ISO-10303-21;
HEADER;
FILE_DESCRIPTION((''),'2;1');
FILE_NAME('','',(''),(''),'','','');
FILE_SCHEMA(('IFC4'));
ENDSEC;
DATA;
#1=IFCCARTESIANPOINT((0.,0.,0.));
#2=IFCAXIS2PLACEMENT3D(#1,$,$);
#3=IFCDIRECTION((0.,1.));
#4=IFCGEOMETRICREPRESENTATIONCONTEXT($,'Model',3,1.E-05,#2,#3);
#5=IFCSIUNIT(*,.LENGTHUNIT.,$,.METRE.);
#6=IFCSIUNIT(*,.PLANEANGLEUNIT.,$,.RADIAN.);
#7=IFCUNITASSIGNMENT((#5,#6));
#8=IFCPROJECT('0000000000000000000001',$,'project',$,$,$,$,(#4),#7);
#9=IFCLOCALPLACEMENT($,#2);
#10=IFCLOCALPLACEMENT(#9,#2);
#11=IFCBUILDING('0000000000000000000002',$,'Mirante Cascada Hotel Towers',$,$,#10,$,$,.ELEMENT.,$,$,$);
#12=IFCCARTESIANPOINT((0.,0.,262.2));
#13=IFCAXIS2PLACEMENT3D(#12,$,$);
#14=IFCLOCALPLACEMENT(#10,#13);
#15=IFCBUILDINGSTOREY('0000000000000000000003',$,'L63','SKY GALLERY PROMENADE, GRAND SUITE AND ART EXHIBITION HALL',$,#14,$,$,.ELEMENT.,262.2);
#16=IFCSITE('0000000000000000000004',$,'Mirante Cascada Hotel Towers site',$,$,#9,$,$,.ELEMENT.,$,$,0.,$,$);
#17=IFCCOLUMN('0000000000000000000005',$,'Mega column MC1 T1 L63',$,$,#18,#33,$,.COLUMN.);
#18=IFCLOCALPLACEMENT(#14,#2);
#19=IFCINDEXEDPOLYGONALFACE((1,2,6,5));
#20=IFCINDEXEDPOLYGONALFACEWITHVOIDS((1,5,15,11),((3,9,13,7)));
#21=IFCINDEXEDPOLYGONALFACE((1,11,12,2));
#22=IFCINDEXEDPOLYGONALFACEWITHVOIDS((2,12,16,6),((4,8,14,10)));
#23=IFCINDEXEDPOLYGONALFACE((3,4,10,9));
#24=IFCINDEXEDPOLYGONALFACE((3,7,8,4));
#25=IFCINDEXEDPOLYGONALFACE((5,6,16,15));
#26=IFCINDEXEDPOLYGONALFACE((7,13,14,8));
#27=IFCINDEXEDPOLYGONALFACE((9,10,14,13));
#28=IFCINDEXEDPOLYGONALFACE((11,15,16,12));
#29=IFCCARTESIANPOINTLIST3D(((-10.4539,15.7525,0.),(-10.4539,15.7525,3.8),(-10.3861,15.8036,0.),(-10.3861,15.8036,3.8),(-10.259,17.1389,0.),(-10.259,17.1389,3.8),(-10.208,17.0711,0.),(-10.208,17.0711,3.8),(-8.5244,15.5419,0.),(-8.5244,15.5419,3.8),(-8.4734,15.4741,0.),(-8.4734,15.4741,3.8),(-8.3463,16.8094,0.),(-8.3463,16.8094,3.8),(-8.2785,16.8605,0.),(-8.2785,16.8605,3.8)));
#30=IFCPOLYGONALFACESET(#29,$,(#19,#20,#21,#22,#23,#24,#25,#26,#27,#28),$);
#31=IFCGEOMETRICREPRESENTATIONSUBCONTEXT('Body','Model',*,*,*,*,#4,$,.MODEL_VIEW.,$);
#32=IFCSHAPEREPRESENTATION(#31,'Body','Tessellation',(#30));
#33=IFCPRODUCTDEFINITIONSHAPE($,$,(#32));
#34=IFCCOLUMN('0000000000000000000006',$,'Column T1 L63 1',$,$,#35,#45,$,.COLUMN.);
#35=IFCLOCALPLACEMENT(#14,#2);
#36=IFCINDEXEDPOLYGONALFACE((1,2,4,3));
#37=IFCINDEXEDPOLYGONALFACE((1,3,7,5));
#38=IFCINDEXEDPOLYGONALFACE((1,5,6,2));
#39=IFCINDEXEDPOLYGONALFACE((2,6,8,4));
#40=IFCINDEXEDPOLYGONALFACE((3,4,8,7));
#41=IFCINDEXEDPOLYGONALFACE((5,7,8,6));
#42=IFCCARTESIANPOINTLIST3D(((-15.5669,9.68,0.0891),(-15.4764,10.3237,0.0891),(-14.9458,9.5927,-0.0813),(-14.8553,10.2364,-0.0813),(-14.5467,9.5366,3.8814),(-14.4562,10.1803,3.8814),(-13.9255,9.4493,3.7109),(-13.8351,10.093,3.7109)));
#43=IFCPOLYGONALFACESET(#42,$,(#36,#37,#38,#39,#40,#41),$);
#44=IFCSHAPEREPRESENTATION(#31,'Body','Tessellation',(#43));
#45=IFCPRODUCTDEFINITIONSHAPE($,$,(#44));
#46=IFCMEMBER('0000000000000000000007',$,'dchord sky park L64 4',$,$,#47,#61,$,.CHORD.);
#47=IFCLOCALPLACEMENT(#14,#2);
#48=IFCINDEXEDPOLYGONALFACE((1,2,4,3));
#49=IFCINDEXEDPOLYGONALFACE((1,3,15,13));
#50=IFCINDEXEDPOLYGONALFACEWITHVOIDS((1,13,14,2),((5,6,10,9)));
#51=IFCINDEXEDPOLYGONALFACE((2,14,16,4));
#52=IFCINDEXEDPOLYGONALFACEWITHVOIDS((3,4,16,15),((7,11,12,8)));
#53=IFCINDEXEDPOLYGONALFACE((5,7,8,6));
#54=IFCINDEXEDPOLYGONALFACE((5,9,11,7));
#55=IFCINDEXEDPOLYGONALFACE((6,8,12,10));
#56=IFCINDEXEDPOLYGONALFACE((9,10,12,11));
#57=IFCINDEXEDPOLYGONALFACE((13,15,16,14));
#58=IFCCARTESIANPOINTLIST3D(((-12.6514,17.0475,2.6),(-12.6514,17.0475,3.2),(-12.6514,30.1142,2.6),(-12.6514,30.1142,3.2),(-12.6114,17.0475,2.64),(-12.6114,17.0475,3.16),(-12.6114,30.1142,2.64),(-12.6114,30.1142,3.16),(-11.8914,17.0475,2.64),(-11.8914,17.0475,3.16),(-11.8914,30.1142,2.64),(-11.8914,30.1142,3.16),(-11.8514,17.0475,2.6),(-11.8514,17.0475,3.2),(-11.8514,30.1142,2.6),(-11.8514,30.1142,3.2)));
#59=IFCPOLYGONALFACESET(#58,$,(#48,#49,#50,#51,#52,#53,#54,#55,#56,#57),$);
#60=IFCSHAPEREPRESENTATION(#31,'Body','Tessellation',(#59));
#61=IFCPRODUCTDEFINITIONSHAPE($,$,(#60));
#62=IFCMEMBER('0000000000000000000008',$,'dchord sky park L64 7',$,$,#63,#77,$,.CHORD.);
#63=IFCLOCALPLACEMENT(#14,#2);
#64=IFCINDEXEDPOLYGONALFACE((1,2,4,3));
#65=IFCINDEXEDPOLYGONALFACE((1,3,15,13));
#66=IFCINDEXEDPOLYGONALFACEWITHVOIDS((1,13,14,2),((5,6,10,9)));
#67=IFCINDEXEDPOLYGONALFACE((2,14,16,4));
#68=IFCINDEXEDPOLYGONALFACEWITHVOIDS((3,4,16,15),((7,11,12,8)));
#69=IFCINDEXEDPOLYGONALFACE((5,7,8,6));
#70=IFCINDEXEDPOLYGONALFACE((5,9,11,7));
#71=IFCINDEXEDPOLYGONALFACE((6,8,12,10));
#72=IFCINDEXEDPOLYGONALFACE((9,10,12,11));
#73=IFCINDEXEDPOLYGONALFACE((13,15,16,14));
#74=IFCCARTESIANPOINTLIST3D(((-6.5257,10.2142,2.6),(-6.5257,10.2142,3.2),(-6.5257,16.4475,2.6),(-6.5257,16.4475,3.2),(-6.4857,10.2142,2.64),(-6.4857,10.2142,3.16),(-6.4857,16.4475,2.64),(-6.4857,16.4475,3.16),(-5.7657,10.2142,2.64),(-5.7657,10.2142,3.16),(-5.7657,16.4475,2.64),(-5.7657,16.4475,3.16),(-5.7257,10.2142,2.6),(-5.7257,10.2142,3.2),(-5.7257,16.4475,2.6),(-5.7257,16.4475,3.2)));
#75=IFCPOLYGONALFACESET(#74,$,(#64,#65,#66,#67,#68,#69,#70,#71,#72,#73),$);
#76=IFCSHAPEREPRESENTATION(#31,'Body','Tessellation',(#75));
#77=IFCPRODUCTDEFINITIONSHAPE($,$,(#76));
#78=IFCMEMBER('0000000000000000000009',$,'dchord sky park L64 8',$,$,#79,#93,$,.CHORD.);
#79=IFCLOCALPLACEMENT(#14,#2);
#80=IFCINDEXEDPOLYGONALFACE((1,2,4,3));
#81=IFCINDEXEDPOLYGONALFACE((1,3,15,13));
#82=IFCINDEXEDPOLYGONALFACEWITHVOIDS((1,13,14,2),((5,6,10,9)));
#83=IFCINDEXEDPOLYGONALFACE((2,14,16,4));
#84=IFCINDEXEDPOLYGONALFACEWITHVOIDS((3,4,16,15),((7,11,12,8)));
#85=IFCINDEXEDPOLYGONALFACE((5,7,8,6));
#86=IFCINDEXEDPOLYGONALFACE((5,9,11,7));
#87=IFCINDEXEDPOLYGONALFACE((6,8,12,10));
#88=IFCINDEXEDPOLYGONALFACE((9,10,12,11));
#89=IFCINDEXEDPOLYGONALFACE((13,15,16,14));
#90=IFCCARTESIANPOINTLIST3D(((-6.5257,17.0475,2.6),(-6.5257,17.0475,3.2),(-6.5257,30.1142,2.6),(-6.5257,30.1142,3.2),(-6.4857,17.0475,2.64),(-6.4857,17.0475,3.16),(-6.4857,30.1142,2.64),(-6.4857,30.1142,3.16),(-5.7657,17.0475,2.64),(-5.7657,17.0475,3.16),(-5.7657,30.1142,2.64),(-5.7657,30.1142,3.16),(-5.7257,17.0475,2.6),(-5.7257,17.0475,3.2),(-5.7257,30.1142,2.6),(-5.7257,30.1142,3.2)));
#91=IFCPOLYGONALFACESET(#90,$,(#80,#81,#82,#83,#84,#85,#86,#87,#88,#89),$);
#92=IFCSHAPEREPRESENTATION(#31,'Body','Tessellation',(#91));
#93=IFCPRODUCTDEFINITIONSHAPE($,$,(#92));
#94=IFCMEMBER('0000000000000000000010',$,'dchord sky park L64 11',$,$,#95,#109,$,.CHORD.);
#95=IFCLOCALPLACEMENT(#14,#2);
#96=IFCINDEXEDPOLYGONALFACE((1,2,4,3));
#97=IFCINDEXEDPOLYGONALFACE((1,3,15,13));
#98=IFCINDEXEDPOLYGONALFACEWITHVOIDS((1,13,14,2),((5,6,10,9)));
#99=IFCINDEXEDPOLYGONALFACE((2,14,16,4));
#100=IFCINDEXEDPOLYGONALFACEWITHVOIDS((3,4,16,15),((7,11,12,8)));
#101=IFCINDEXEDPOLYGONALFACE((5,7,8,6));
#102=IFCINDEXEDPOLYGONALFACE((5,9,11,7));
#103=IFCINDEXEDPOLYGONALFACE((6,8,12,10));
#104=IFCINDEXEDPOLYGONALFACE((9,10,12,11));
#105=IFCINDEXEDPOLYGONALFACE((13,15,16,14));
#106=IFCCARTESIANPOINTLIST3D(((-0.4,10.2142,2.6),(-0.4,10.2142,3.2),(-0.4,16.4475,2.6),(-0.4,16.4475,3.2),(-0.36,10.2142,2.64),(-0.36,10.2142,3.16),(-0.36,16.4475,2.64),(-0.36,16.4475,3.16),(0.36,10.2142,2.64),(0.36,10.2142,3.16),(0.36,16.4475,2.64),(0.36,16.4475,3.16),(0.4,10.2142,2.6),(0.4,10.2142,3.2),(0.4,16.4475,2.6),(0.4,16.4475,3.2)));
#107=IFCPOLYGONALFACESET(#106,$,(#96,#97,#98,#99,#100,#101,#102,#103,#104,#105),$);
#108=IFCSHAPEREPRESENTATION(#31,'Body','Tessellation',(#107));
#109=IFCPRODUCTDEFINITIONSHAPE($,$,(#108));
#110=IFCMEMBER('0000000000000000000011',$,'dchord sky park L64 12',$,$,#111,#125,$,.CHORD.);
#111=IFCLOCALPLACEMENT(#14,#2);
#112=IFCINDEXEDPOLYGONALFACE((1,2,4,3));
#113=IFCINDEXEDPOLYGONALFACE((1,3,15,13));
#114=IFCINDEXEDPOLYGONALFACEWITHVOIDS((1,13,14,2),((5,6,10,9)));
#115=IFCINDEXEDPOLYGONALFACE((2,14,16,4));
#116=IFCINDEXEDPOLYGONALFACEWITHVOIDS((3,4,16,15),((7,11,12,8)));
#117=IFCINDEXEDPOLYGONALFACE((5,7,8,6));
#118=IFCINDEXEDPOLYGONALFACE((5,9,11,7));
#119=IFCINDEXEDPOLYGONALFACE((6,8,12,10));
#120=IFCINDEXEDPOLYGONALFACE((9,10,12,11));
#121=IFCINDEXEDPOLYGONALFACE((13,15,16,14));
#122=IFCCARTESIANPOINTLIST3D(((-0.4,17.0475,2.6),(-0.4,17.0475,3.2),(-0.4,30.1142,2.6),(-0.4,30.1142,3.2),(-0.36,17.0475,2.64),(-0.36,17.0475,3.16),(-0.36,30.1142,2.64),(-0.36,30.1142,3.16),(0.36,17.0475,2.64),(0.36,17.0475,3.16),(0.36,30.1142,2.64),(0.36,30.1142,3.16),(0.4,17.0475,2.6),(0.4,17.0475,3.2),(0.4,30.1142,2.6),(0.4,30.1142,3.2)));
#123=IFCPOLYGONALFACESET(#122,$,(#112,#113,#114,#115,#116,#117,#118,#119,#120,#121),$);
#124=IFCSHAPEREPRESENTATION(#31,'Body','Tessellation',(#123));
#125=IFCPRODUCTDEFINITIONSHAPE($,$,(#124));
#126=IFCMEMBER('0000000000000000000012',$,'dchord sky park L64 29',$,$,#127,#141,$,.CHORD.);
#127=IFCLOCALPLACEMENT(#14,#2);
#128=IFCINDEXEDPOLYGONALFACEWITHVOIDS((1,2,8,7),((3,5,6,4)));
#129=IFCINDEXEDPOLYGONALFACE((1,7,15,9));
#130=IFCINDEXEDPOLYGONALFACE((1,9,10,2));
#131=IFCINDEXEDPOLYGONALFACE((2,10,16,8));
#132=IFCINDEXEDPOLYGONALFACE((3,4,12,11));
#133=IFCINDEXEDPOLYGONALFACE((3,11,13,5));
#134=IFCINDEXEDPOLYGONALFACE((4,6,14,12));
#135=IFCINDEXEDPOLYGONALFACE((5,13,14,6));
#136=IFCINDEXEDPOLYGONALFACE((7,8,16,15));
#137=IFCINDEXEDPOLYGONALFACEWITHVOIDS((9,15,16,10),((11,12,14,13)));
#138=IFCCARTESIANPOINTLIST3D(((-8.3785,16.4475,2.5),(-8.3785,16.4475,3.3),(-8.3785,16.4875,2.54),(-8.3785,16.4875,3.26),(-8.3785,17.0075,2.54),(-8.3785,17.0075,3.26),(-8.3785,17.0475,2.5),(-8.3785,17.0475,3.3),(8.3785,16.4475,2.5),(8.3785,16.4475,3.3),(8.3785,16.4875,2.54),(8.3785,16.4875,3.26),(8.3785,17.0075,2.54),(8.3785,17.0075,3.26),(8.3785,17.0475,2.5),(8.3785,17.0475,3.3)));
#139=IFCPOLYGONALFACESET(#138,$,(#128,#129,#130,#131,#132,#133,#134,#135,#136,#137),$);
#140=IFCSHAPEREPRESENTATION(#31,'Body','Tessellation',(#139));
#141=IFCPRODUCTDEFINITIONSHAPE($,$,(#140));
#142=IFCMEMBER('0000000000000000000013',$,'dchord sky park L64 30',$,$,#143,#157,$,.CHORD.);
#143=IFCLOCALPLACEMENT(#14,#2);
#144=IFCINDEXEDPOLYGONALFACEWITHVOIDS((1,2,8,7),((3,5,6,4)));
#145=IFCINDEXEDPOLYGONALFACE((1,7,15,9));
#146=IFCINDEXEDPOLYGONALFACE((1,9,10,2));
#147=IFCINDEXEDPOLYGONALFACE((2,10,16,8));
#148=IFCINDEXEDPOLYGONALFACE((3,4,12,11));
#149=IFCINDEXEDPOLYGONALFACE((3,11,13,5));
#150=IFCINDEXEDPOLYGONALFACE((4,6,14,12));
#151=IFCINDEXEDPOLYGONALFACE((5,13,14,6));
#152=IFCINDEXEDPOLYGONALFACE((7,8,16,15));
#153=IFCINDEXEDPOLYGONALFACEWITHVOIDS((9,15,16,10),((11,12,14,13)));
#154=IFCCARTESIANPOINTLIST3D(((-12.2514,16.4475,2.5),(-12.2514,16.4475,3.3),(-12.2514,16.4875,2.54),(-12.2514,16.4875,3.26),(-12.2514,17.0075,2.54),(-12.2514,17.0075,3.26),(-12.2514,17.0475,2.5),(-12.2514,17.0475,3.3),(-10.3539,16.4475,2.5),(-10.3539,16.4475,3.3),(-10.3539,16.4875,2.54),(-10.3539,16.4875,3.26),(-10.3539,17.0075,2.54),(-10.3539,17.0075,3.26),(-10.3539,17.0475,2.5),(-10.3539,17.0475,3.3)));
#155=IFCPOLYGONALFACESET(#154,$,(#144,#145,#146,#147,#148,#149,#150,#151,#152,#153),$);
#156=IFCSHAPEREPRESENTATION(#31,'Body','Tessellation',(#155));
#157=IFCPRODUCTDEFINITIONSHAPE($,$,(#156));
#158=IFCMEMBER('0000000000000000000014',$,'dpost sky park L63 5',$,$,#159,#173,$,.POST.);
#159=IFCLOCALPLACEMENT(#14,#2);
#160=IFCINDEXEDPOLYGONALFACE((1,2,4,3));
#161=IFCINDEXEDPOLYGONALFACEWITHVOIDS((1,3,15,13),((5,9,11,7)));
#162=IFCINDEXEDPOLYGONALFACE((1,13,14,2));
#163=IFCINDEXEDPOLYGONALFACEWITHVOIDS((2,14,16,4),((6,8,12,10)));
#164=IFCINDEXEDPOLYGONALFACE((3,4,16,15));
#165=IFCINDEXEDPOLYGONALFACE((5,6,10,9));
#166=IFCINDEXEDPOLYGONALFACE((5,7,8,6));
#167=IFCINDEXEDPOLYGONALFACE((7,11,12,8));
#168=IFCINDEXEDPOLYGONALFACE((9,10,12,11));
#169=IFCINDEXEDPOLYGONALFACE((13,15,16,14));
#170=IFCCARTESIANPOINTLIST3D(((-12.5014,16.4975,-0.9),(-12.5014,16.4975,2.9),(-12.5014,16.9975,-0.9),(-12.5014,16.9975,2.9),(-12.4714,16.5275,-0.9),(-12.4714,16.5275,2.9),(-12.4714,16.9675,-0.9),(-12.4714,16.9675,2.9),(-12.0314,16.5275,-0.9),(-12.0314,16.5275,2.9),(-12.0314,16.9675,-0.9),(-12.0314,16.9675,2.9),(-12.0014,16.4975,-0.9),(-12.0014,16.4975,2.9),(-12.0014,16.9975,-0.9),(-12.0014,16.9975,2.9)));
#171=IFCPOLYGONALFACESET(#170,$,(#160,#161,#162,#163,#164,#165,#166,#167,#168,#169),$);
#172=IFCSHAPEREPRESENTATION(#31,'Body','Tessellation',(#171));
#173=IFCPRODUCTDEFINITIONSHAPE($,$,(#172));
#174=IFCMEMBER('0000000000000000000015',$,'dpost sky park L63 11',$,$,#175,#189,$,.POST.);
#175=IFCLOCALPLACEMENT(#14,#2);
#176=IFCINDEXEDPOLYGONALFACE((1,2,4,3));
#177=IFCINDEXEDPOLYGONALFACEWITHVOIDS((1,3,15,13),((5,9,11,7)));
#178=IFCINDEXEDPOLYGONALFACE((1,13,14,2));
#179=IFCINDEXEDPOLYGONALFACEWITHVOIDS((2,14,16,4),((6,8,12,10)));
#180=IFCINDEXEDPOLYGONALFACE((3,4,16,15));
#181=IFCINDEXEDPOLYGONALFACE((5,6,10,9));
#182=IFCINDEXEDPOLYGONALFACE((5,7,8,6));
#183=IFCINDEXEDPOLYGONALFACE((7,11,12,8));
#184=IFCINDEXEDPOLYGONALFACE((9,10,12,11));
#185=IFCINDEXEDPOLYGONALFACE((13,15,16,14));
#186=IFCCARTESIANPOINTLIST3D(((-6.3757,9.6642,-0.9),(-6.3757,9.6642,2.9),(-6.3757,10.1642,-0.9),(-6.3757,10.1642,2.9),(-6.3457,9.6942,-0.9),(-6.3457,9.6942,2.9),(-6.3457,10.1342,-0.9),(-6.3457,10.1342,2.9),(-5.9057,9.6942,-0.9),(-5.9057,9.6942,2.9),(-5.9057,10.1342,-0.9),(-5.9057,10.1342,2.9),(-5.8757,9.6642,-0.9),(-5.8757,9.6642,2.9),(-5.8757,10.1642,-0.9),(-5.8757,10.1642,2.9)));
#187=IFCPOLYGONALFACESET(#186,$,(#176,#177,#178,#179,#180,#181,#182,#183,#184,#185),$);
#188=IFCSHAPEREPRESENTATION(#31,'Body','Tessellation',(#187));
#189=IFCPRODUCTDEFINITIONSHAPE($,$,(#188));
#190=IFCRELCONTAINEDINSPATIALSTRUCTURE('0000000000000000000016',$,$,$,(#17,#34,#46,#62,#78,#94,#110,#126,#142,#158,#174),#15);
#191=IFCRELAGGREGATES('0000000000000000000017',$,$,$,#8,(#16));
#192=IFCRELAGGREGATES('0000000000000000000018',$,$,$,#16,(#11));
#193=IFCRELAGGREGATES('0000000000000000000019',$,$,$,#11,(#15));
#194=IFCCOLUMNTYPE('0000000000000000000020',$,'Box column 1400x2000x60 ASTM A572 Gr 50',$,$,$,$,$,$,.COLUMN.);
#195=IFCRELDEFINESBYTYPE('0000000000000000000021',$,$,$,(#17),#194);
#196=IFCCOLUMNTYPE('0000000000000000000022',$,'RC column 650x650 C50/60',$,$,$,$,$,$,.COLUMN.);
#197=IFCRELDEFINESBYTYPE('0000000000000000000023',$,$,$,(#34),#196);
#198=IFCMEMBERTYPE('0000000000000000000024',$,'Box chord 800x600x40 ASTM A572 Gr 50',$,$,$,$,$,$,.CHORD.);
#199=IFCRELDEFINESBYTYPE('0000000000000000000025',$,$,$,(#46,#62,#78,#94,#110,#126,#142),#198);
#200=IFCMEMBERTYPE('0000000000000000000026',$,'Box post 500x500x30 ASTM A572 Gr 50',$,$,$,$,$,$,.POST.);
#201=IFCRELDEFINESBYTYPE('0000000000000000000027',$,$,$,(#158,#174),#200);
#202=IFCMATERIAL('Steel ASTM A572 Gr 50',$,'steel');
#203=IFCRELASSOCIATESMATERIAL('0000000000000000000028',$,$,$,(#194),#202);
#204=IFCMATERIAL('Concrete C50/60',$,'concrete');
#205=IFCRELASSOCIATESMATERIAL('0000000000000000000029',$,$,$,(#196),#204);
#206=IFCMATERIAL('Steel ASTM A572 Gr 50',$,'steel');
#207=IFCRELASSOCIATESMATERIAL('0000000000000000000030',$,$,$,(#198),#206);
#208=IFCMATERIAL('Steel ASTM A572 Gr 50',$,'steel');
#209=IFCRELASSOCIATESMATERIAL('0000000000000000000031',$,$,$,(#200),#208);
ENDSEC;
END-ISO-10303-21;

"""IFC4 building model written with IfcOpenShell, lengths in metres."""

from ifc_helpers import new_model, si_unit, direction, frame, origin, origin_2d, place, context, subcontext, project, spatial, rectangle, hollow_rectangle, extrude, material, material_profile, profile_set, type_object, element, save


model = new_model("IFC4")

# Units and contexts
model_context = context("Model", 3, precision=1e-05, world=origin(), true_north=direction((0.0, 1.0)))
body_context = subcontext(model_context, "Body", "Model", "MODEL_VIEW")
ifc_project = project(units=[si_unit("LENGTHUNIT", "METRE"), si_unit("PLANEANGLEUNIT", "RADIAN")], contexts=[model_context])

# Site, building, storey
site_placement = place(None, origin())
site = spatial("IfcSite", under=ifc_project, at=site_placement, Name="Mirante Cascada Hotel Towers site", CompositionType="ELEMENT", RefElevation=0.0)
building_placement = place(site_placement, origin())
building = spatial("IfcBuilding", under=site, at=building_placement, Name="Mirante Cascada Hotel Towers", CompositionType="ELEMENT")
storey_placement = place(building_placement, frame((0.0, 0.0, 262.2)))
storey = spatial("IfcBuildingStorey", under=building, at=storey_placement, Name="L63", Description="SKY GALLERY PROMENADE, GRAND SUITE AND ART EXHIBITION HALL", CompositionType="ELEMENT", Elevation=262.2)

# Columns
ifc_material_1 = material(Name="Steel ASTM A572 Gr 50", Category="steel")
ifc_material_profile_1 = material_profile(ifc_material_1, hollow_rectangle(XDim=2.0, YDim=1.4, WallThickness=0.06, at=origin_2d()), Name="Box column 1400x2000x60 ASTM A572 Gr 50")
ifc_profile_set_1 = profile_set([ifc_material_profile_1], Name="Steel ASTM A572 Gr 50")
column_type_1 = type_object("IfcColumnType", Name="Box column 1400x2000x60 ASTM A572 Gr 50", PredefinedType="COLUMN", material=ifc_profile_set_1)
column_1_placement = place(storey_placement, frame((-9.3662, 16.3065, 0.0), z_axis=(0.0, 0.0, 1.0), x_axis=(-0.990268, 0.139173, 0.0)))
element("IfcColumn", 1, at=column_1_placement, inside=storey, type_object=column_type_1, Name="Mega column MC1 T1 L63", PredefinedType="COLUMN", context=body_context, shape_type="SweptSolid", body=[
    extrude(hollow_rectangle(XDim=2.0, YDim=1.4, WallThickness=0.06, at=origin_2d()), origin(), (0.0, 0.0, 1.0), 3.8),
])
ifc_material_2 = material(Name="Concrete C50/60", Category="concrete")
ifc_material_profile_2 = material_profile(ifc_material_2, rectangle(XDim=0.65, YDim=0.65, at=origin_2d()), Name="RC column 650x650 C50/60")
ifc_profile_set_2 = profile_set([ifc_material_profile_2], Name="Concrete C50/60")
column_type_2 = type_object("IfcColumnType", Name="RC column 650x650 C50/60", PredefinedType="COLUMN", material=ifc_profile_set_2)
column_2_placement = place(storey_placement, frame((-15.2111, 9.9582, 0.0039), z_axis=(0.259616, -0.036492, 0.965022), x_axis=(0.139192, 0.990265, 0.0)))
element("IfcColumn", 2, at=column_2_placement, inside=storey, type_object=column_type_2, Name="Column T1 L63 1", PredefinedType="COLUMN", context=body_context, shape_type="SweptSolid", body=[
    extrude(rectangle(XDim=0.65, YDim=0.65, at=origin_2d()), origin(), (0.0, 0.0, 1.0), 3.9297),
])

# Members
ifc_material_3 = material(Name="Steel ASTM A572 Gr 50", Category="steel")
ifc_material_profile_3 = material_profile(ifc_material_3, hollow_rectangle(XDim=0.6, YDim=0.8, WallThickness=0.04, at=origin_2d()), Name="Box chord 800x600x40 ASTM A572 Gr 50")
ifc_profile_set_3 = profile_set([ifc_material_profile_3], Name="Steel ASTM A572 Gr 50")
member_type_1 = type_object("IfcMemberType", Name="Box chord 800x600x40 ASTM A572 Gr 50", PredefinedType="CHORD", material=ifc_profile_set_3)
member_1_placement = place(storey_placement, frame((-12.2514, 17.0475, 2.9), z_axis=(0.0, 1.0, 0.0), x_axis=(0.0, 0.0, 1.0)))
element("IfcMember", 3, at=member_1_placement, inside=storey, type_object=member_type_1, Name="dchord sky park L64 4", PredefinedType="CHORD", context=body_context, shape_type="SweptSolid", body=[
    extrude(hollow_rectangle(XDim=0.6, YDim=0.8, WallThickness=0.04, at=origin_2d()), origin(), (0.0, 0.0, 1.0), 13.0667),
])
member_2_placement = place(storey_placement, frame((-6.1257, 10.2142, 2.9), z_axis=(0.0, 1.0, 0.0), x_axis=(0.0, 0.0, 1.0)))
element("IfcMember", 4, at=member_2_placement, inside=storey, type_object=member_type_1, Name="dchord sky park L64 7", PredefinedType="CHORD", context=body_context, shape_type="SweptSolid", body=[
    extrude(hollow_rectangle(XDim=0.6, YDim=0.8, WallThickness=0.04, at=origin_2d()), origin(), (0.0, 0.0, 1.0), 6.2333),
])
member_3_placement = place(storey_placement, frame((-6.1257, 17.0475, 2.9), z_axis=(0.0, 1.0, 0.0), x_axis=(0.0, 0.0, 1.0)))
element("IfcMember", 5, at=member_3_placement, inside=storey, type_object=member_type_1, Name="dchord sky park L64 8", PredefinedType="CHORD", context=body_context, shape_type="SweptSolid", body=[
    extrude(hollow_rectangle(XDim=0.6, YDim=0.8, WallThickness=0.04, at=origin_2d()), origin(), (0.0, 0.0, 1.0), 13.0667),
])
member_4_placement = place(storey_placement, frame((0.0, 10.2142, 2.9), z_axis=(0.0, 1.0, 0.0), x_axis=(0.0, 0.0, 1.0)))
element("IfcMember", 6, at=member_4_placement, inside=storey, type_object=member_type_1, Name="dchord sky park L64 11", PredefinedType="CHORD", context=body_context, shape_type="SweptSolid", body=[
    extrude(hollow_rectangle(XDim=0.6, YDim=0.8, WallThickness=0.04, at=origin_2d()), origin(), (0.0, 0.0, 1.0), 6.2333),
])
member_5_placement = place(storey_placement, frame((0.0, 17.0475, 2.9), z_axis=(0.0, 1.0, 0.0), x_axis=(0.0, 0.0, 1.0)))
element("IfcMember", 7, at=member_5_placement, inside=storey, type_object=member_type_1, Name="dchord sky park L64 12", PredefinedType="CHORD", context=body_context, shape_type="SweptSolid", body=[
    extrude(hollow_rectangle(XDim=0.6, YDim=0.8, WallThickness=0.04, at=origin_2d()), origin(), (0.0, 0.0, 1.0), 13.0667),
])
member_6_placement = place(storey_placement, frame((-8.3785, 16.7475, 2.9), z_axis=(1.0, 0.0, 0.0), x_axis=(0.0, 1.0, 0.0)))
element("IfcMember", 8, at=member_6_placement, inside=storey, type_object=member_type_1, Name="dchord sky park L64 29", PredefinedType="CHORD", context=body_context, shape_type="SweptSolid", body=[
    extrude(hollow_rectangle(XDim=0.6, YDim=0.8, WallThickness=0.04, at=origin_2d()), origin(), (0.0, 0.0, 1.0), 16.757),
])
member_7_placement = place(storey_placement, frame((-12.2514, 16.7475, 2.9), z_axis=(1.0, 0.0, 0.0), x_axis=(0.0, 1.0, 0.0)))
element("IfcMember", 9, at=member_7_placement, inside=storey, type_object=member_type_1, Name="dchord sky park L64 30", PredefinedType="CHORD", context=body_context, shape_type="SweptSolid", body=[
    extrude(hollow_rectangle(XDim=0.6, YDim=0.8, WallThickness=0.04, at=origin_2d()), origin(), (0.0, 0.0, 1.0), 1.8975),
])
ifc_material_4 = material(Name="Steel ASTM A572 Gr 50", Category="steel")
ifc_material_profile_4 = material_profile(ifc_material_4, hollow_rectangle(XDim=0.5, YDim=0.5, WallThickness=0.03, at=origin_2d()), Name="Box post 500x500x30 ASTM A572 Gr 50")
ifc_profile_set_4 = profile_set([ifc_material_profile_4], Name="Steel ASTM A572 Gr 50")
member_type_2 = type_object("IfcMemberType", Name="Box post 500x500x30 ASTM A572 Gr 50", PredefinedType="POST", material=ifc_profile_set_4)
for number, where, z_axis, x_axis, name in (
    (10, (-12.2514, 16.7475, -0.9), (0.0, 0.0, 1.0), (1.0, 0.0, 0.0), "dpost sky park L63 5"),
    (11, (-6.1257, 9.9142, -0.9), (0.0, 0.0, 1.0), (1.0, 0.0, 0.0), "dpost sky park L63 11"),
):
    element("IfcMember", number, at=place(storey_placement, frame(where, z_axis=z_axis, x_axis=x_axis)), inside=storey, type_object=member_type_2, Name=name, PredefinedType="POST", context=body_context, shape_type="SweptSolid", body=[
        extrude(hollow_rectangle(XDim=0.5, YDim=0.5, WallThickness=0.03, at=origin_2d()), origin(), (0.0, 0.0, 1.0), 3.8),
    ])

save(model, "model.ifc")
